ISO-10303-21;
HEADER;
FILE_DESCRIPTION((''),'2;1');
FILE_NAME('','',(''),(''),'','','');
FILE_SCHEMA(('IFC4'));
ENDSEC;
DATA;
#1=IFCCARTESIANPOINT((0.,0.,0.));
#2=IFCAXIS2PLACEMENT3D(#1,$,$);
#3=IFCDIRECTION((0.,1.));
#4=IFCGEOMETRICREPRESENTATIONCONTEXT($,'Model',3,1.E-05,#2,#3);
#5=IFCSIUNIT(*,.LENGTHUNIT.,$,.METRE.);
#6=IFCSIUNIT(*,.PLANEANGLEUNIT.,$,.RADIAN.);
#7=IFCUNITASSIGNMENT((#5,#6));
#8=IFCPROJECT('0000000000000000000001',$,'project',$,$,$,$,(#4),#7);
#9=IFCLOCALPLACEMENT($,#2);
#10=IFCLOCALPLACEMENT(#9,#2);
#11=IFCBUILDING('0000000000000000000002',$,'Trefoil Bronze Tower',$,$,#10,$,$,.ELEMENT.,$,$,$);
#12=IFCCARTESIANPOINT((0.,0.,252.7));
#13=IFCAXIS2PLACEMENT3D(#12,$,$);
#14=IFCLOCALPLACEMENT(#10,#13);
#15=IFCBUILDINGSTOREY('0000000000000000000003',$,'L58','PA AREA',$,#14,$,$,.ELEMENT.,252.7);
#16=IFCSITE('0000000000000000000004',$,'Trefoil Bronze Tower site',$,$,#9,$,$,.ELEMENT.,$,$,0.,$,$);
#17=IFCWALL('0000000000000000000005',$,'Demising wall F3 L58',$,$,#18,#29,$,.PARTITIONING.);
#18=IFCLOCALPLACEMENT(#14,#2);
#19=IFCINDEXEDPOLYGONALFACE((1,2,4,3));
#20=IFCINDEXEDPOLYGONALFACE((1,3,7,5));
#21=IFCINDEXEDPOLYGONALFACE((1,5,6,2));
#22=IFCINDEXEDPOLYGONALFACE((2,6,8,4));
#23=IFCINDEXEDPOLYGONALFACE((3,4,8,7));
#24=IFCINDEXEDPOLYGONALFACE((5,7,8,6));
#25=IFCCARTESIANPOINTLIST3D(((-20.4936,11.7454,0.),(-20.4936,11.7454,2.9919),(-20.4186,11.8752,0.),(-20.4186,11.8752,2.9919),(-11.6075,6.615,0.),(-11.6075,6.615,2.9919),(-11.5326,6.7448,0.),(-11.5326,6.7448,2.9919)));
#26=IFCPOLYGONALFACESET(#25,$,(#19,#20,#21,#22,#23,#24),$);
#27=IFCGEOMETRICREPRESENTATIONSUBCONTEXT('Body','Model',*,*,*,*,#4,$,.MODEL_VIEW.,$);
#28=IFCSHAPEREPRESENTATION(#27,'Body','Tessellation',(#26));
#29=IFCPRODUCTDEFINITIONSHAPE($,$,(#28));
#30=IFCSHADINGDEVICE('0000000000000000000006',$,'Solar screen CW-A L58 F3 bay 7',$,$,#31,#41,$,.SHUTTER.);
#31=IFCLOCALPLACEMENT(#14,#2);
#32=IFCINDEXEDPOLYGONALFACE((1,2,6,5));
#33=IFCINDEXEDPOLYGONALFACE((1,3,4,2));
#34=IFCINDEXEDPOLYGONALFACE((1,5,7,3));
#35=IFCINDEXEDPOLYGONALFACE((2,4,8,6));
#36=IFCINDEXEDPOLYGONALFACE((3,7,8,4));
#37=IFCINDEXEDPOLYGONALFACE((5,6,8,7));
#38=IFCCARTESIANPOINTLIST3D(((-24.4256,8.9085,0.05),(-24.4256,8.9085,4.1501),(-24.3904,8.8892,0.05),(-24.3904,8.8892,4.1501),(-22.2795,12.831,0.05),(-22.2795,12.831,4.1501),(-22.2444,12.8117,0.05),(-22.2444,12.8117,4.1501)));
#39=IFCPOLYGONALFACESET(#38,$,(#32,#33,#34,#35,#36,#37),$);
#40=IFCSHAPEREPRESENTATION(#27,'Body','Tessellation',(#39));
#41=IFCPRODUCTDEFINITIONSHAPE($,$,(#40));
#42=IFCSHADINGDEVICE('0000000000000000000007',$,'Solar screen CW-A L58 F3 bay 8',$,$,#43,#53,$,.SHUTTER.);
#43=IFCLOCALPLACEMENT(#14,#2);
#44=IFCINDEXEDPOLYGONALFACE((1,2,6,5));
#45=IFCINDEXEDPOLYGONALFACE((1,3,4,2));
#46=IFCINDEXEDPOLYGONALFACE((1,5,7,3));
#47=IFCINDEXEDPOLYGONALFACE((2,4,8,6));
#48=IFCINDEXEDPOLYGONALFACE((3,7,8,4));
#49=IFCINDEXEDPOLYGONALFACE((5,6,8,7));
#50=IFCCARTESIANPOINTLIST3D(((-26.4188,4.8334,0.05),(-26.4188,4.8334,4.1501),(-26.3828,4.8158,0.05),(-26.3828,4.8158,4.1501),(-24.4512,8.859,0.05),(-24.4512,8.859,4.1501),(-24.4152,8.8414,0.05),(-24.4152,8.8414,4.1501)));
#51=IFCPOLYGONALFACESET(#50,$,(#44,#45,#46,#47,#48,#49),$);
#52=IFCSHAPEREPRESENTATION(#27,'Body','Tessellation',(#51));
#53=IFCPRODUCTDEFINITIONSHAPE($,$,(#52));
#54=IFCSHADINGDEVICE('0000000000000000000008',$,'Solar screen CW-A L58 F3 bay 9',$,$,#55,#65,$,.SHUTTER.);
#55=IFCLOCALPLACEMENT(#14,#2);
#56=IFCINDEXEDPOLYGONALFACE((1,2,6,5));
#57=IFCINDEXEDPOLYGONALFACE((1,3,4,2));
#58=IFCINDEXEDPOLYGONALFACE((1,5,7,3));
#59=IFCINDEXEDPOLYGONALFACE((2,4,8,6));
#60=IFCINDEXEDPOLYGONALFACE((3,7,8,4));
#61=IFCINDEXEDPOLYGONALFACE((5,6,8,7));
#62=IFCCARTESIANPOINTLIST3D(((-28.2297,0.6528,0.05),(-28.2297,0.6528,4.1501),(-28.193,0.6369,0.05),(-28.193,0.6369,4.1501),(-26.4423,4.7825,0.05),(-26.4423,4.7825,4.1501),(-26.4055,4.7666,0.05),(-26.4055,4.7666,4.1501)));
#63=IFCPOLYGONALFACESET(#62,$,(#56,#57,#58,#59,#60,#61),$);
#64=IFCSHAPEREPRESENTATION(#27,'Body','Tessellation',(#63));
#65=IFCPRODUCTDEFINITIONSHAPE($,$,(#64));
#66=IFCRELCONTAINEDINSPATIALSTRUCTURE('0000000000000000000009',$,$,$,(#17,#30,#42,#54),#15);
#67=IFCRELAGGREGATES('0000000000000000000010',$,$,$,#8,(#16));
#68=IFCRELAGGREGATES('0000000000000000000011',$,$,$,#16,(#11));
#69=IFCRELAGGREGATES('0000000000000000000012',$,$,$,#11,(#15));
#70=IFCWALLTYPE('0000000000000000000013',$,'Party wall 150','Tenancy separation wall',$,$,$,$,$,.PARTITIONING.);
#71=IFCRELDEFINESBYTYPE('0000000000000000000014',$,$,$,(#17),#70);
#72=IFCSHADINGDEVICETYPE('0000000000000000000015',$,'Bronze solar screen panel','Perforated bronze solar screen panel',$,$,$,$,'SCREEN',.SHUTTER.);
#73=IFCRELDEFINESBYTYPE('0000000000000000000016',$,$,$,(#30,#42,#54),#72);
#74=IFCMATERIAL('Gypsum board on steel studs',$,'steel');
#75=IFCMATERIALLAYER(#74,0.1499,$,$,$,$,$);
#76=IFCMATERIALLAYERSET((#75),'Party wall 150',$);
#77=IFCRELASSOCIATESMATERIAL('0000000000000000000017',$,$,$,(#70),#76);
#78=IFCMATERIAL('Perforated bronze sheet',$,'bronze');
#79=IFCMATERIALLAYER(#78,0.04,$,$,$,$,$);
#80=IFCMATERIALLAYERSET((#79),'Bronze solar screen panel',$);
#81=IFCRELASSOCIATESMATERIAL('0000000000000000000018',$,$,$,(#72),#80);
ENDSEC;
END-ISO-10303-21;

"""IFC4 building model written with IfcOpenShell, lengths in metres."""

from ifc_helpers import new_model, si_unit, direction, frame, frame_2d, origin, origin_2d, place, context, subcontext, project, spatial, rectangle, extrude, material, layer, layer_set, type_object, element, save


model = new_model("IFC4")

# Units and contexts
model_context = context("Model", 3, precision=1e-05, world=origin(), true_north=direction((0.0, 1.0)))
body_context = subcontext(model_context, "Body", "Model", "MODEL_VIEW")
ifc_project = project(units=[si_unit("LENGTHUNIT", "METRE"), si_unit("PLANEANGLEUNIT", "RADIAN")], contexts=[model_context])

# Site, building, storey
site_placement = place(None, origin())
site = spatial("IfcSite", under=ifc_project, at=site_placement, Name="Trefoil Bronze Tower site", CompositionType="ELEMENT", RefElevation=0.0)
building_placement = place(site_placement, origin())
building = spatial("IfcBuilding", under=site, at=building_placement, Name="Trefoil Bronze Tower", CompositionType="ELEMENT")
storey_placement = place(building_placement, frame((0.0, 0.0, 252.7)))
storey = spatial("IfcBuildingStorey", under=building, at=storey_placement, Name="L58", Description="PA AREA", CompositionType="ELEMENT", Elevation=252.7)

# Wall
ifc_material_1 = material(Name="Gypsum board on steel studs", Category="steel")
ifc_layer_1 = layer(ifc_material_1, 0.1499)
ifc_layer_set_1 = layer_set([ifc_layer_1], Name="Party wall 150")
wall_type_1 = type_object("IfcWallType", Name="Party wall 150", Description="Tenancy separation wall", PredefinedType="PARTITIONING", material=ifc_layer_set_1)
wall_placement = place(storey_placement, frame((-11.5701, 6.6799, 0.0), z_axis=(0.0, 0.0, 1.0), x_axis=(-0.866024, 0.500003, 0.0)))
element("IfcWall", 1, at=wall_placement, inside=storey, type_object=wall_type_1, Name="Demising wall F3 L58", PredefinedType="PARTITIONING", context=body_context, shape_type="SweptSolid", body=[
    extrude(rectangle(XDim=10.2607, YDim=0.1499, at=frame_2d((5.1304, 0.0))), origin(), (0.0, 0.0, 1.0), 2.9919),
])

# Shading devices
ifc_material_2 = material(Name="Perforated bronze sheet", Category="bronze")
ifc_layer_2 = layer(ifc_material_2, 0.04)
ifc_layer_set_2 = layer_set([ifc_layer_2], Name="Bronze solar screen panel")
shading_device_type = type_object("IfcShadingDeviceType", Name="Bronze solar screen panel", Description="Perforated bronze solar screen panel", ElementType="SCREEN", PredefinedType="SHUTTER", material=ifc_layer_set_2)
shading_device_1_placement = place(storey_placement, frame((-23.335, 10.8601, 0.05), z_axis=(0.0, 0.0, 1.0), x_axis=(-0.479974, -0.877283, 0.0)))
element("IfcShadingDevice", 2, at=shading_device_1_placement, inside=storey, type_object=shading_device_type, Name="Solar screen CW-A L58 F3 bay 7", PredefinedType="SHUTTER", context=body_context, shape_type="SweptSolid", body=[
    extrude(rectangle(XDim=4.4712, YDim=0.04, at=origin_2d()), origin(), (0.0, 0.0, 1.0), 4.1001),
])
shading_device_2_placement = place(storey_placement, frame((-25.417, 6.8374, 0.05), z_axis=(0.0, 0.0, 1.0), x_axis=(-0.439129, -0.898424, 0.0)))
element("IfcShadingDevice", 3, at=shading_device_2_placement, inside=storey, type_object=shading_device_type, Name="Solar screen CW-A L58 F3 bay 8", PredefinedType="SHUTTER", context=body_context, shape_type="SweptSolid", body=[
    extrude(rectangle(XDim=4.4807, YDim=0.04, at=origin_2d()), origin(), (0.0, 0.0, 1.0), 4.1001),
])
shading_device_3_placement = place(storey_placement, frame((-27.3176, 2.7097, 0.05), z_axis=(0.0, 0.0, 1.0), x_axis=(-0.39722, -0.917723, 0.0)))
element("IfcShadingDevice", 4, at=shading_device_3_placement, inside=storey, type_object=shading_device_type, Name="Solar screen CW-A L58 F3 bay 9", PredefinedType="SHUTTER", context=body_context, shape_type="SweptSolid", body=[
    extrude(rectangle(XDim=4.5, YDim=0.04, at=origin_2d()), origin(), (0.0, 0.0, 1.0), 4.1001),
])

save(model, "model.ifc")
